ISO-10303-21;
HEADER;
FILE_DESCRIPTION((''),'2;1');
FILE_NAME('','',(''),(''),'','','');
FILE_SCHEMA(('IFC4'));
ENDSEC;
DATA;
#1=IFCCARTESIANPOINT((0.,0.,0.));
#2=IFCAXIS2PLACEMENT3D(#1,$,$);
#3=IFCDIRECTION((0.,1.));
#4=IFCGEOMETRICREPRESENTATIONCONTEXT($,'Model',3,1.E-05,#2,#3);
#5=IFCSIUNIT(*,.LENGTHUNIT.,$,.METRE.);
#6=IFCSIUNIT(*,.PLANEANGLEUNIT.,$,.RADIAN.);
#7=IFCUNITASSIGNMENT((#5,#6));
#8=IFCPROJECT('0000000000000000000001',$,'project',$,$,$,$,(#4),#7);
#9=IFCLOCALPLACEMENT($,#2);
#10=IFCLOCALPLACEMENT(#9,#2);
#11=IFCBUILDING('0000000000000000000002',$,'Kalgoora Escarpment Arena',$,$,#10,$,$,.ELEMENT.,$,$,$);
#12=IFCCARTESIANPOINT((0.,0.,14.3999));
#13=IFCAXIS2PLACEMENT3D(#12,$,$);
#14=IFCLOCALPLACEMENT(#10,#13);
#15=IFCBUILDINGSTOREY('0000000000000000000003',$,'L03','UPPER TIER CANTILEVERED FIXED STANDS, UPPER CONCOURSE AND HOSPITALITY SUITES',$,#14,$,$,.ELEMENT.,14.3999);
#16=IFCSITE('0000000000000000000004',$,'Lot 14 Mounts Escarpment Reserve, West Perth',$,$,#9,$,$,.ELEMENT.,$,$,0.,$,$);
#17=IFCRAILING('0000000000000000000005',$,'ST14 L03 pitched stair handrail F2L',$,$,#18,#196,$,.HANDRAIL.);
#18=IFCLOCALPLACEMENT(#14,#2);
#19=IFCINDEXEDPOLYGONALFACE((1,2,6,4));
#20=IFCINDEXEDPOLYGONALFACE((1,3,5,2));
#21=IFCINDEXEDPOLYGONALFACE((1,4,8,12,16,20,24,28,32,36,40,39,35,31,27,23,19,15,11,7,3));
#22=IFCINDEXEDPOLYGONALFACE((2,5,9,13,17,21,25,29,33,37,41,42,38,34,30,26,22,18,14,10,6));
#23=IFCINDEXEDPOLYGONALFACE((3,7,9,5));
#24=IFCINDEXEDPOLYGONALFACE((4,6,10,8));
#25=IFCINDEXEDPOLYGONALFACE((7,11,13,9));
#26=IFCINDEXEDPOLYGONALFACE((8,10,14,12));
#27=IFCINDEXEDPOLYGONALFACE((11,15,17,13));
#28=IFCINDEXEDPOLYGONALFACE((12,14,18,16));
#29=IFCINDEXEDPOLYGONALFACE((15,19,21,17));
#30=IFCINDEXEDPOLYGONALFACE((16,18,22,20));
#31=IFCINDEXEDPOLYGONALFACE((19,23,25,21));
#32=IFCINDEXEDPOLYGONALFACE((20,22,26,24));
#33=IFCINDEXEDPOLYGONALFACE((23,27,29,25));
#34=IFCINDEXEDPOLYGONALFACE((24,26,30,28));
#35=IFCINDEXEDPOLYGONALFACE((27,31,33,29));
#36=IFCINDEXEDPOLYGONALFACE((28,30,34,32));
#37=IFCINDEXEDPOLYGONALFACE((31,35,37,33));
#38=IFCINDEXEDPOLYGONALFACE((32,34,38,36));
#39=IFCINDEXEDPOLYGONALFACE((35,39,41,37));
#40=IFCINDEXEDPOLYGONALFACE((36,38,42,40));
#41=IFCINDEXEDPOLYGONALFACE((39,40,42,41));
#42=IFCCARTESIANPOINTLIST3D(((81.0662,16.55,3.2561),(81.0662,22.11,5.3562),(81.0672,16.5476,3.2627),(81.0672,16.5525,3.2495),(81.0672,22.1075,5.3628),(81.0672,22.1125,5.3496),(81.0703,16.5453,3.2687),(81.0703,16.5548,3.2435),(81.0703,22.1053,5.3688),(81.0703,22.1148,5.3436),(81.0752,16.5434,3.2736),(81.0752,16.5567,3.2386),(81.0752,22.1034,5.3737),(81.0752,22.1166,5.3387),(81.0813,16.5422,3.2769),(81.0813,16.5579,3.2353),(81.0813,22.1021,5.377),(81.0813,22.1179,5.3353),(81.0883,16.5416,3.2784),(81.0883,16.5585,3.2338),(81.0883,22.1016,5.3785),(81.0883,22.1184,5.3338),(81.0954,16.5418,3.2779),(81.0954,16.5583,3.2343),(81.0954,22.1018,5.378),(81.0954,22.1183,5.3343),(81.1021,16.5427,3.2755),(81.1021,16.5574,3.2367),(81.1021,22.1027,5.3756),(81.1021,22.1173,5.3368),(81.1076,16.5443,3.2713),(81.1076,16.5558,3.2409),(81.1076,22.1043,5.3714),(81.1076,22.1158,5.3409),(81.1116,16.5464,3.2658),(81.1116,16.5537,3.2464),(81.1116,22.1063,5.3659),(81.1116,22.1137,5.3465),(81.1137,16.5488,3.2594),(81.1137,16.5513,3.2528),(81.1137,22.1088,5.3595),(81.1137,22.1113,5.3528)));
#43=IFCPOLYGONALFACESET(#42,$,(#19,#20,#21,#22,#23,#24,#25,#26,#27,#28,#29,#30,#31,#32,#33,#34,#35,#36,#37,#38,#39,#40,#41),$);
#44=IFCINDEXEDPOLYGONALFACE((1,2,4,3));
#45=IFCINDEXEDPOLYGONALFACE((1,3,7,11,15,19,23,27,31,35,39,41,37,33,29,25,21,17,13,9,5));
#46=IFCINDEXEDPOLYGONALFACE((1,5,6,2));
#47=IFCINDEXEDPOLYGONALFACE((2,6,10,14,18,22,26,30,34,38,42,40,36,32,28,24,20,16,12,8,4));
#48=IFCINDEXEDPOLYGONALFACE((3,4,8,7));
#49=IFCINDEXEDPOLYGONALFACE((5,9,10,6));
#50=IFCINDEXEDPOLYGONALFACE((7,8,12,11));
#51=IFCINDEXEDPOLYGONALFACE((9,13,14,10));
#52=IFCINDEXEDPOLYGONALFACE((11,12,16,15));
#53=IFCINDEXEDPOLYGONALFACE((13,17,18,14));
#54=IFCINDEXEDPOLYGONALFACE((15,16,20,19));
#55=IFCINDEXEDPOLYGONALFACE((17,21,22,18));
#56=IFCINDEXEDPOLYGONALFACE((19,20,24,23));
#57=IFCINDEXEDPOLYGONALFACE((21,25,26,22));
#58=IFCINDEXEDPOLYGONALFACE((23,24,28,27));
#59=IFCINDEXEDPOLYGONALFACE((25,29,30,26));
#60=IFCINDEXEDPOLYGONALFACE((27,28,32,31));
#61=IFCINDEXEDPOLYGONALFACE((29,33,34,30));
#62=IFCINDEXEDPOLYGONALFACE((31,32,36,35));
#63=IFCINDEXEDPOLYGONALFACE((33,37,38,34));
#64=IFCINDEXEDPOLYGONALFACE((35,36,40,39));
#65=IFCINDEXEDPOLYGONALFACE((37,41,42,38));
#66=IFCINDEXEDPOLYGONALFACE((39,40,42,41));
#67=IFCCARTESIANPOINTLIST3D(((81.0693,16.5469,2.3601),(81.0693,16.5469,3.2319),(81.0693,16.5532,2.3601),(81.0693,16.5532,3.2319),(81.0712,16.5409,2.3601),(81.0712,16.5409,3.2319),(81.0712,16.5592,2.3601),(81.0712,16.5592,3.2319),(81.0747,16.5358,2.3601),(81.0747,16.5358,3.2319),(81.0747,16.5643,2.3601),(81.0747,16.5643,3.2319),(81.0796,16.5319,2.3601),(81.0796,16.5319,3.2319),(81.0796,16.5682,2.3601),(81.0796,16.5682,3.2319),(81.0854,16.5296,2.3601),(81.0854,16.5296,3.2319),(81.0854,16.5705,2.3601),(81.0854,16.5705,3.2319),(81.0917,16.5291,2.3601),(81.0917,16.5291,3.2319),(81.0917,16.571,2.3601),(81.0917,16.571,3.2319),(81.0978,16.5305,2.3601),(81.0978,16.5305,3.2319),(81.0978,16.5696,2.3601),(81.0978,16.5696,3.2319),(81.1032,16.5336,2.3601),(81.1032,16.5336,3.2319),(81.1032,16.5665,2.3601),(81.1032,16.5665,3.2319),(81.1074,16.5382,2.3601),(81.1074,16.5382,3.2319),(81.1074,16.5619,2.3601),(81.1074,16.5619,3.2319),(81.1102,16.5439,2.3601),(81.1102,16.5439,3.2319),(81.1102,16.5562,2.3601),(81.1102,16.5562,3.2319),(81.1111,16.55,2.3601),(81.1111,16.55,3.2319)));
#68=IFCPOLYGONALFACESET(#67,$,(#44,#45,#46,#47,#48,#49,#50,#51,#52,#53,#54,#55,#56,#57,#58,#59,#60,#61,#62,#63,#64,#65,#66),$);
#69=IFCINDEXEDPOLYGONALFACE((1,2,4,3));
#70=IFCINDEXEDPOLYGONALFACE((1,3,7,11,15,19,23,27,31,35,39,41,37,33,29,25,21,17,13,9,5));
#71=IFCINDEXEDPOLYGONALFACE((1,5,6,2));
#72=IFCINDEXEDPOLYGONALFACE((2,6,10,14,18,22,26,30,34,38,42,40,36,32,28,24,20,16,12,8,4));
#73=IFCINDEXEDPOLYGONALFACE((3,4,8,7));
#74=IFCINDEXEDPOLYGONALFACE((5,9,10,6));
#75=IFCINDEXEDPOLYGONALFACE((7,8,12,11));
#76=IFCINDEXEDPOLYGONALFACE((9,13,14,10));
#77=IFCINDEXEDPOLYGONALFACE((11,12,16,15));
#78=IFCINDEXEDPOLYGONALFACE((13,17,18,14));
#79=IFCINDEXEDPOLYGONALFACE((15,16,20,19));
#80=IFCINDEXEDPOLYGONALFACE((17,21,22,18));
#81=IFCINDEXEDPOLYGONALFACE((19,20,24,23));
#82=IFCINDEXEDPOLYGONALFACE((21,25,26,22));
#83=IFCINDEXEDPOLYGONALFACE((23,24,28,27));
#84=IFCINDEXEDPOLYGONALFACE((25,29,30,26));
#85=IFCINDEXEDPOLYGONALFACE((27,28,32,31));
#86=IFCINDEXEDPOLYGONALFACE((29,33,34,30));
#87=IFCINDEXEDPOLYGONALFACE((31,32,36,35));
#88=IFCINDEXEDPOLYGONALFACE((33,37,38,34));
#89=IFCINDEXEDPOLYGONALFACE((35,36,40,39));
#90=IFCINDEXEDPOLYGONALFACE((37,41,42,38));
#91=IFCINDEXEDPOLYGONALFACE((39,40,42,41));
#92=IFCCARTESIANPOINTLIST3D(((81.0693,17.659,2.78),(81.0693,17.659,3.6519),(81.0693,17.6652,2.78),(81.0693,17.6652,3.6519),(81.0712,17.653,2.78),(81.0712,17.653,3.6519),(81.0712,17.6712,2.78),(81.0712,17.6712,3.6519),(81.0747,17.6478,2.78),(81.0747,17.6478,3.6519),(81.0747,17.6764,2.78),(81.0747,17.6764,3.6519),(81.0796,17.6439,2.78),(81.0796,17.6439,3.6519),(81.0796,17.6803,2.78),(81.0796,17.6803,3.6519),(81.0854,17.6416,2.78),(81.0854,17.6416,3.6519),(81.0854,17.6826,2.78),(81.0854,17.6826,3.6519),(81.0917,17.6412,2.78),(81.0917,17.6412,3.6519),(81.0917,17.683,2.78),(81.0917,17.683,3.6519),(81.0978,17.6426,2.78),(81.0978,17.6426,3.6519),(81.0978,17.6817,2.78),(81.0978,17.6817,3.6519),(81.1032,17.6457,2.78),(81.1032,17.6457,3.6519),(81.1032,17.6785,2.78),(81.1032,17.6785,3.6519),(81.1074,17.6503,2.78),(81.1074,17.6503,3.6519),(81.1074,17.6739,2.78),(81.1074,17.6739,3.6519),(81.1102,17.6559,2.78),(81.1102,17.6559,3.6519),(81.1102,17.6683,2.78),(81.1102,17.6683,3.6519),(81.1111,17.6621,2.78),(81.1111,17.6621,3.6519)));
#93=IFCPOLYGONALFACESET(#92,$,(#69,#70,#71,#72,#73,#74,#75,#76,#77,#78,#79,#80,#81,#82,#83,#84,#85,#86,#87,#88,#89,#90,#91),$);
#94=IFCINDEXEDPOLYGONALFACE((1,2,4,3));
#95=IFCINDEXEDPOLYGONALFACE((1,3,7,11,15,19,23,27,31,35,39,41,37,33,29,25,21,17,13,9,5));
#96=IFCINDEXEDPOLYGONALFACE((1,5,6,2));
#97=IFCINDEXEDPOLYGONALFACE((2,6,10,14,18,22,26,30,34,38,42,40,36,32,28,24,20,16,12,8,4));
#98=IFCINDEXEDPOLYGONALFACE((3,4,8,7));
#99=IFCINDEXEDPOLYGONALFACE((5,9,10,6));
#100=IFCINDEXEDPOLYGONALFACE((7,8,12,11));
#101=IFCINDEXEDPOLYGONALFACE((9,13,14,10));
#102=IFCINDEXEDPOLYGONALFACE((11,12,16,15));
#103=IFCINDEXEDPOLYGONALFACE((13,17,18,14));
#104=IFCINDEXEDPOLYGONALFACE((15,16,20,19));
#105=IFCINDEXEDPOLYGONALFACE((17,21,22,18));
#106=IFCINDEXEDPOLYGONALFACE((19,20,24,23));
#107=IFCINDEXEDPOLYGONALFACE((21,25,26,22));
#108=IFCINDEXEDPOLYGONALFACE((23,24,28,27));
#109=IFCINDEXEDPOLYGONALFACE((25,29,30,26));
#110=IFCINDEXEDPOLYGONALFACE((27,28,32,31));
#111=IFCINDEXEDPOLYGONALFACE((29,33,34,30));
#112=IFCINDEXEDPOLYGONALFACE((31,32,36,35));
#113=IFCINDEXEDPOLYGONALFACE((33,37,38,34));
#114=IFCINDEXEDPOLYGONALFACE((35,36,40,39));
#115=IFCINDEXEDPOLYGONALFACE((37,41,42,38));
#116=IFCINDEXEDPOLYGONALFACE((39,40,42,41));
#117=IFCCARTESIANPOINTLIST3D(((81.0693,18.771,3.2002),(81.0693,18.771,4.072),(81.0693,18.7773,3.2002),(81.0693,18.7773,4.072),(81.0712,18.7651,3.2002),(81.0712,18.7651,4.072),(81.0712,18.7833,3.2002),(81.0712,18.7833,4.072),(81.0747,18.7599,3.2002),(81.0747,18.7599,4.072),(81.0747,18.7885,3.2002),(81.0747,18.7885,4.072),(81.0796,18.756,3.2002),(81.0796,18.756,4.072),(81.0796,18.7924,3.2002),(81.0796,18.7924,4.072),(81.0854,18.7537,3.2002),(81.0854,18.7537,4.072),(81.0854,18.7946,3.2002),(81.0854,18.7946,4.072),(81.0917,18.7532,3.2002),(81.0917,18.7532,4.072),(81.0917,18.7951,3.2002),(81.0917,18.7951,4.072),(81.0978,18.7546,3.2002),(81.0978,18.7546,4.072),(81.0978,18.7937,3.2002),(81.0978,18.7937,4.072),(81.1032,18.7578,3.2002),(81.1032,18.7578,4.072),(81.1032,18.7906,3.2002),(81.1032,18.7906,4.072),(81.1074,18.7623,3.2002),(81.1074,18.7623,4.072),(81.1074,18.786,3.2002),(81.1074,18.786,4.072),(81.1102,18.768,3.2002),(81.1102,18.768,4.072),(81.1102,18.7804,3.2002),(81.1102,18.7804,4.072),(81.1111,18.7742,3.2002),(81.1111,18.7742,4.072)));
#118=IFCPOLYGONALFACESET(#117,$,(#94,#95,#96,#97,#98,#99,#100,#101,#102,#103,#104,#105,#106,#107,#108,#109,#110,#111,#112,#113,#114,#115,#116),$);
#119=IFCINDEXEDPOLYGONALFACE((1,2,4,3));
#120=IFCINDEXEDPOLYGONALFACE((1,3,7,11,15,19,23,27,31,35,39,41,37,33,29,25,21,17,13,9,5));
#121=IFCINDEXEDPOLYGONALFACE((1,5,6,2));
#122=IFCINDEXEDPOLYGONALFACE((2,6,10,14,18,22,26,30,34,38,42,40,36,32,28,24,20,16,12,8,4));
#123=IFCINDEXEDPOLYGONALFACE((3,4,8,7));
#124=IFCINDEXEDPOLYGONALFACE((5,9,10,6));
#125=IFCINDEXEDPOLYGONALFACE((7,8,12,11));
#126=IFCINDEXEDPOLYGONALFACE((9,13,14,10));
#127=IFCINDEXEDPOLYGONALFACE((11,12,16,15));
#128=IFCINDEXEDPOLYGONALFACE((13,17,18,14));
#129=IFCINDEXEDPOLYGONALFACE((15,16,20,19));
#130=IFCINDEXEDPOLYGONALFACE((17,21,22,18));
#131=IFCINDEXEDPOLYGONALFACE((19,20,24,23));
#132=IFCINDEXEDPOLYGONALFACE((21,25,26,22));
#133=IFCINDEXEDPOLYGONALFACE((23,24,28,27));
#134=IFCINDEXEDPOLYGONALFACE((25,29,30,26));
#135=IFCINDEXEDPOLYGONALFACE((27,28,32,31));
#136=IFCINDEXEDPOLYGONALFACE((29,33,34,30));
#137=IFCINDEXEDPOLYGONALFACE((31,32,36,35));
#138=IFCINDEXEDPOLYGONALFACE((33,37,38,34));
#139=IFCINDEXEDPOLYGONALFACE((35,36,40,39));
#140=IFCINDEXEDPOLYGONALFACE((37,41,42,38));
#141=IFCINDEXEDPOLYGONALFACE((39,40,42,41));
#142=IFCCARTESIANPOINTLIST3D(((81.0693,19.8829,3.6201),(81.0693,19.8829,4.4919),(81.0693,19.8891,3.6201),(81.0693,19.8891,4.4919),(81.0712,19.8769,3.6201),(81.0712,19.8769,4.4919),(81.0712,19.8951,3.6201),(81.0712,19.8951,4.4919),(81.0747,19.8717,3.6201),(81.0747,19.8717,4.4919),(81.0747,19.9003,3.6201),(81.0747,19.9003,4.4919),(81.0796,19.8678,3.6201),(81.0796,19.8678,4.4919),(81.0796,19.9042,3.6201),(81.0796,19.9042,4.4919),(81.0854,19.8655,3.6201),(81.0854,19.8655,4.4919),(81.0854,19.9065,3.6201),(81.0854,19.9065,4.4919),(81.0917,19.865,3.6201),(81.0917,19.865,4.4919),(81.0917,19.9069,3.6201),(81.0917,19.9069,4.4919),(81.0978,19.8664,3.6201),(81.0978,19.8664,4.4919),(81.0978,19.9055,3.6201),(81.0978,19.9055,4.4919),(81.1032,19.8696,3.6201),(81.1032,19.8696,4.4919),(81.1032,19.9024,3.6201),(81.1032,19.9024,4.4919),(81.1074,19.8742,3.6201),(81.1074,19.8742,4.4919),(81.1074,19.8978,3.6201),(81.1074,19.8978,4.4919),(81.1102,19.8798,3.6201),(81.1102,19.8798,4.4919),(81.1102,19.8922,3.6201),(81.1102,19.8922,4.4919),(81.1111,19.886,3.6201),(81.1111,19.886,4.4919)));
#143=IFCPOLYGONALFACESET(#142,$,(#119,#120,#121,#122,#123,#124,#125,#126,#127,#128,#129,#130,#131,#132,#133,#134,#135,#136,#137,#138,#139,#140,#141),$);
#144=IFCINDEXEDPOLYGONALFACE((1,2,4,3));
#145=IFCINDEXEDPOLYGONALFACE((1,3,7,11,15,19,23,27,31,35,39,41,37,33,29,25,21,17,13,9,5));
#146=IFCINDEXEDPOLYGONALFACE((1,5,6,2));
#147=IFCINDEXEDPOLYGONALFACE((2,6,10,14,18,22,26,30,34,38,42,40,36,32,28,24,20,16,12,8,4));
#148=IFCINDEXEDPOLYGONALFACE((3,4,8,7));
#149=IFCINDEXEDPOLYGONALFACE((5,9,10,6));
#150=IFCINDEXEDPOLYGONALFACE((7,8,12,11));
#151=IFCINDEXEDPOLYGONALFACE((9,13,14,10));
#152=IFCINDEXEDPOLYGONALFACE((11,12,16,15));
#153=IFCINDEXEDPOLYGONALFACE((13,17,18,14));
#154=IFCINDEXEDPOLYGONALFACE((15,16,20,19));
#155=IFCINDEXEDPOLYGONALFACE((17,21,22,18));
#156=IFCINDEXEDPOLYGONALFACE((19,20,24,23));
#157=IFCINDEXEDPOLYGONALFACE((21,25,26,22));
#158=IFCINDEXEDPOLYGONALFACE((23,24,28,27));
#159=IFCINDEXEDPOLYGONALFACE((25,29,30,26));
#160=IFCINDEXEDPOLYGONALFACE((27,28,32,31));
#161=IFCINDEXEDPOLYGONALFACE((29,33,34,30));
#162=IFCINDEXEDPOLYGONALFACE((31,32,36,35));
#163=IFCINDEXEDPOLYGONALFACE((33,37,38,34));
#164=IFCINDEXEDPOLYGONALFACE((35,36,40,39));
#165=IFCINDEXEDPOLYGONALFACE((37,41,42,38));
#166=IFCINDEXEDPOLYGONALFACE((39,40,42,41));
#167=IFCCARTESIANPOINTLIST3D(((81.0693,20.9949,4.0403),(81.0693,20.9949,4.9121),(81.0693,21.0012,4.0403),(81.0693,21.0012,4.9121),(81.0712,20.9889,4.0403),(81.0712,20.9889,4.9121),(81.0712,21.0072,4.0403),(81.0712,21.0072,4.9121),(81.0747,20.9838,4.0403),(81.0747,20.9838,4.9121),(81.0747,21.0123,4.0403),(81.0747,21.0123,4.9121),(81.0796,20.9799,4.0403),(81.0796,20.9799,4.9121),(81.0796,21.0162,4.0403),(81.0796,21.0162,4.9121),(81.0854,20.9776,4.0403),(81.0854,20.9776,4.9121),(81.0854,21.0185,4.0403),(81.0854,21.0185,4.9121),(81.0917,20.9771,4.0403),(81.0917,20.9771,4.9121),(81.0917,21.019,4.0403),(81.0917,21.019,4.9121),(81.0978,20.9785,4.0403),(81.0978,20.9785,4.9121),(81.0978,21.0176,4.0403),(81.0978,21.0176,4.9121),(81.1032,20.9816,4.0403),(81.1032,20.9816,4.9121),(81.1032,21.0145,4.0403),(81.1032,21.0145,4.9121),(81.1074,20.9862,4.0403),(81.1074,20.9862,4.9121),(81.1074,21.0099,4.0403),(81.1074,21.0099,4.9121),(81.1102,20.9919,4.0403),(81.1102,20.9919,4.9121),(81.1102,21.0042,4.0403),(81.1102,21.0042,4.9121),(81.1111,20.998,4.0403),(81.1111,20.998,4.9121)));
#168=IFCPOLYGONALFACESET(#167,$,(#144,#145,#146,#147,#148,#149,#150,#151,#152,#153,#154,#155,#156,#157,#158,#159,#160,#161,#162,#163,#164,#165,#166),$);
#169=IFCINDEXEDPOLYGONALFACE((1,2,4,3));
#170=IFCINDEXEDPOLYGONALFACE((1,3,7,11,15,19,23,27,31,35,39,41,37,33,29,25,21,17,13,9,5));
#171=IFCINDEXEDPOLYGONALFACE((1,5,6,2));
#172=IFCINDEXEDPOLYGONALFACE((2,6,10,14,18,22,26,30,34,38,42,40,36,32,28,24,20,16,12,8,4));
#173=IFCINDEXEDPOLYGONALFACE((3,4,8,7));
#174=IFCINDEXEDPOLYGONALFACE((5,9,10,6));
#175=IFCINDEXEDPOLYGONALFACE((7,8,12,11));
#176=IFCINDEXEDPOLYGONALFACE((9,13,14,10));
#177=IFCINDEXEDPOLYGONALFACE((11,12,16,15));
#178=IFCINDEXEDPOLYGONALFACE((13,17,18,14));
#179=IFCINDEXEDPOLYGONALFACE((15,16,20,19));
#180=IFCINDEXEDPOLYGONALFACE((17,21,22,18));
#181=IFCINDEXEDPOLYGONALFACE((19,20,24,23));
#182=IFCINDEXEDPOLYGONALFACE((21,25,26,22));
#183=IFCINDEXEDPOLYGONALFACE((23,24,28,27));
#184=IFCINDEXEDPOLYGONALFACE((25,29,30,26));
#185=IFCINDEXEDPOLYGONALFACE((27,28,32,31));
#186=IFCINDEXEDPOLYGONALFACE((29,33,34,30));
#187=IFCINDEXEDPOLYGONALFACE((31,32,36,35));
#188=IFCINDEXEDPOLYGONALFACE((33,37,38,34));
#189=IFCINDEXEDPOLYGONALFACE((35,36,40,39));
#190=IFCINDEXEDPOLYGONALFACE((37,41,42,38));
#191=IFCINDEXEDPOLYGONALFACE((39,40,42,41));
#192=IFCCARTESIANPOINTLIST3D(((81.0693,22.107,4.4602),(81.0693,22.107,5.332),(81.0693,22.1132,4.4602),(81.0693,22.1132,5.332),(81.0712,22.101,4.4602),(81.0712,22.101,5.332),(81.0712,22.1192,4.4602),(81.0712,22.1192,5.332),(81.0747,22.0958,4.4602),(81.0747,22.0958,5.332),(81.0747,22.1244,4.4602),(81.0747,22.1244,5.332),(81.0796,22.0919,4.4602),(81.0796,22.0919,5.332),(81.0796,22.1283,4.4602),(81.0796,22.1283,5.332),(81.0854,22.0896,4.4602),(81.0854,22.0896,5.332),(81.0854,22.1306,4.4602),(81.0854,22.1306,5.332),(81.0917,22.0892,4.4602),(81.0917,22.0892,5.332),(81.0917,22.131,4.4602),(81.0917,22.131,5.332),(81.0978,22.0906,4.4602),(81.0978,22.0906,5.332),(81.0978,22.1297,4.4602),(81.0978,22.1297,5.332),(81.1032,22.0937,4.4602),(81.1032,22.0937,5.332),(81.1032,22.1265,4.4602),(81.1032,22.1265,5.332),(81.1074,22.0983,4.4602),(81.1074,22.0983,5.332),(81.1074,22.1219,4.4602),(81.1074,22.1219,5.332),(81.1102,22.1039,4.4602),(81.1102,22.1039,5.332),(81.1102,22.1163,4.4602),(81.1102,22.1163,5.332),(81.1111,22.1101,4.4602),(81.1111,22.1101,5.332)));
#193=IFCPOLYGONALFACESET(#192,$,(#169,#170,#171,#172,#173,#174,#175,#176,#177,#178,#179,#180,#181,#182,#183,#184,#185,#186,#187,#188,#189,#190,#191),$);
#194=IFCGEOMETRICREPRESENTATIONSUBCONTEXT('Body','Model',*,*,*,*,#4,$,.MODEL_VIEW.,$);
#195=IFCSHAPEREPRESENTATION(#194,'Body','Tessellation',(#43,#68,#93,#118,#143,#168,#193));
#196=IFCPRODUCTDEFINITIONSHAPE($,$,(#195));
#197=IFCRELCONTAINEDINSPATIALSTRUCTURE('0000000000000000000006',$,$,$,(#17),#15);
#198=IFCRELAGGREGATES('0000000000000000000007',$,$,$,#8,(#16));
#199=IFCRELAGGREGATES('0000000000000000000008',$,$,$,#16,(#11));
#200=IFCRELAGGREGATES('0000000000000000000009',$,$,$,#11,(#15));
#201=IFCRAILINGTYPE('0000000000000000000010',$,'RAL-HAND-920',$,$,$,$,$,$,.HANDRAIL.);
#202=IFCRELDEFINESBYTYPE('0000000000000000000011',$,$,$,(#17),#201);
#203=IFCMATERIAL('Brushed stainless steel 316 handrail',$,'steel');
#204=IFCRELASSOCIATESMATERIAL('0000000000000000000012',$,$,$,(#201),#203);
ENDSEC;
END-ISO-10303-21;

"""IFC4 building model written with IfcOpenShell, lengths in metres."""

from ifc_helpers import new_model, si_unit, direction, frame, origin, origin_2d, place, context, subcontext, project, spatial, circle, extrude, material, type_object, element, save


model = new_model("IFC4")

# Units and contexts
model_context = context("Model", 3, precision=1e-05, world=origin(), true_north=direction((0.0, 1.0)))
body_context = subcontext(model_context, "Body", "Model", "MODEL_VIEW")
ifc_project = project(units=[si_unit("LENGTHUNIT", "METRE"), si_unit("PLANEANGLEUNIT", "RADIAN")], contexts=[model_context])

# Site, building, storey
site_placement = place(None, origin())
site = spatial("IfcSite", under=ifc_project, at=site_placement, Name="Lot 14 Mounts Escarpment Reserve, West Perth", CompositionType="ELEMENT", RefElevation=0.0)
building_placement = place(site_placement, origin())
building = spatial("IfcBuilding", under=site, at=building_placement, Name="Kalgoora Escarpment Arena", CompositionType="ELEMENT")
storey_placement = place(building_placement, frame((0.0, 0.0, 14.3999)))
storey = spatial("IfcBuildingStorey", under=building, at=storey_placement, Name="L03", Description="UPPER TIER CANTILEVERED FIXED STANDS, UPPER CONCOURSE AND HOSPITALITY SUITES", CompositionType="ELEMENT", Elevation=14.3999)

# Railing
ifc_material_1 = material(Name="Brushed stainless steel 316 handrail", Category="steel")
railing_type_1 = type_object("IfcRailingType", Name="RAL-HAND-920", PredefinedType="HANDRAIL", material=ifc_material_1)
for number, where, name in (
    (1, (81.0901, 16.55, 2.3601), "ST14 L03 pitched stair handrail F2L"),
):
    element("IfcRailing", number, at=place(storey_placement, frame(where)), inside=storey, type_object=railing_type_1, Name=name, PredefinedType="HANDRAIL", context=body_context, shape_type="SweptSolid", body=[
        extrude(circle(Radius=0.0239, at=origin_2d()), frame((0.0, 0.0, 0.896), z_axis=(0.0, 0.935493, 0.353346), x_axis=(-1.0, 0.0, 0.0)), (0.0, 0.0, 1.0), 5.9434),
        extrude(circle(Radius=0.021, at=origin_2d()), origin(), (0.0, 0.0, 1.0), 0.8718),
        extrude(circle(Radius=0.021, at=origin_2d()), frame((0.0, 1.1121, 0.4199)), (0.0, 0.0, 1.0), 0.8718),
        extrude(circle(Radius=0.021, at=origin_2d()), frame((0.0, 2.2241, 0.8401)), (0.0, 0.0, 1.0), 0.8718),
        extrude(circle(Radius=0.021, at=origin_2d()), frame((0.0, 3.3359, 1.26)), (0.0, 0.0, 1.0), 0.8718),
        extrude(circle(Radius=0.021, at=origin_2d()), frame((0.0, 4.448, 1.6802)), (0.0, 0.0, 1.0), 0.8718),
        extrude(circle(Radius=0.021, at=origin_2d()), frame((0.0, 5.5601, 2.1001)), (0.0, 0.0, 1.0), 0.8718),
    ])

save(model, "model.ifc")
